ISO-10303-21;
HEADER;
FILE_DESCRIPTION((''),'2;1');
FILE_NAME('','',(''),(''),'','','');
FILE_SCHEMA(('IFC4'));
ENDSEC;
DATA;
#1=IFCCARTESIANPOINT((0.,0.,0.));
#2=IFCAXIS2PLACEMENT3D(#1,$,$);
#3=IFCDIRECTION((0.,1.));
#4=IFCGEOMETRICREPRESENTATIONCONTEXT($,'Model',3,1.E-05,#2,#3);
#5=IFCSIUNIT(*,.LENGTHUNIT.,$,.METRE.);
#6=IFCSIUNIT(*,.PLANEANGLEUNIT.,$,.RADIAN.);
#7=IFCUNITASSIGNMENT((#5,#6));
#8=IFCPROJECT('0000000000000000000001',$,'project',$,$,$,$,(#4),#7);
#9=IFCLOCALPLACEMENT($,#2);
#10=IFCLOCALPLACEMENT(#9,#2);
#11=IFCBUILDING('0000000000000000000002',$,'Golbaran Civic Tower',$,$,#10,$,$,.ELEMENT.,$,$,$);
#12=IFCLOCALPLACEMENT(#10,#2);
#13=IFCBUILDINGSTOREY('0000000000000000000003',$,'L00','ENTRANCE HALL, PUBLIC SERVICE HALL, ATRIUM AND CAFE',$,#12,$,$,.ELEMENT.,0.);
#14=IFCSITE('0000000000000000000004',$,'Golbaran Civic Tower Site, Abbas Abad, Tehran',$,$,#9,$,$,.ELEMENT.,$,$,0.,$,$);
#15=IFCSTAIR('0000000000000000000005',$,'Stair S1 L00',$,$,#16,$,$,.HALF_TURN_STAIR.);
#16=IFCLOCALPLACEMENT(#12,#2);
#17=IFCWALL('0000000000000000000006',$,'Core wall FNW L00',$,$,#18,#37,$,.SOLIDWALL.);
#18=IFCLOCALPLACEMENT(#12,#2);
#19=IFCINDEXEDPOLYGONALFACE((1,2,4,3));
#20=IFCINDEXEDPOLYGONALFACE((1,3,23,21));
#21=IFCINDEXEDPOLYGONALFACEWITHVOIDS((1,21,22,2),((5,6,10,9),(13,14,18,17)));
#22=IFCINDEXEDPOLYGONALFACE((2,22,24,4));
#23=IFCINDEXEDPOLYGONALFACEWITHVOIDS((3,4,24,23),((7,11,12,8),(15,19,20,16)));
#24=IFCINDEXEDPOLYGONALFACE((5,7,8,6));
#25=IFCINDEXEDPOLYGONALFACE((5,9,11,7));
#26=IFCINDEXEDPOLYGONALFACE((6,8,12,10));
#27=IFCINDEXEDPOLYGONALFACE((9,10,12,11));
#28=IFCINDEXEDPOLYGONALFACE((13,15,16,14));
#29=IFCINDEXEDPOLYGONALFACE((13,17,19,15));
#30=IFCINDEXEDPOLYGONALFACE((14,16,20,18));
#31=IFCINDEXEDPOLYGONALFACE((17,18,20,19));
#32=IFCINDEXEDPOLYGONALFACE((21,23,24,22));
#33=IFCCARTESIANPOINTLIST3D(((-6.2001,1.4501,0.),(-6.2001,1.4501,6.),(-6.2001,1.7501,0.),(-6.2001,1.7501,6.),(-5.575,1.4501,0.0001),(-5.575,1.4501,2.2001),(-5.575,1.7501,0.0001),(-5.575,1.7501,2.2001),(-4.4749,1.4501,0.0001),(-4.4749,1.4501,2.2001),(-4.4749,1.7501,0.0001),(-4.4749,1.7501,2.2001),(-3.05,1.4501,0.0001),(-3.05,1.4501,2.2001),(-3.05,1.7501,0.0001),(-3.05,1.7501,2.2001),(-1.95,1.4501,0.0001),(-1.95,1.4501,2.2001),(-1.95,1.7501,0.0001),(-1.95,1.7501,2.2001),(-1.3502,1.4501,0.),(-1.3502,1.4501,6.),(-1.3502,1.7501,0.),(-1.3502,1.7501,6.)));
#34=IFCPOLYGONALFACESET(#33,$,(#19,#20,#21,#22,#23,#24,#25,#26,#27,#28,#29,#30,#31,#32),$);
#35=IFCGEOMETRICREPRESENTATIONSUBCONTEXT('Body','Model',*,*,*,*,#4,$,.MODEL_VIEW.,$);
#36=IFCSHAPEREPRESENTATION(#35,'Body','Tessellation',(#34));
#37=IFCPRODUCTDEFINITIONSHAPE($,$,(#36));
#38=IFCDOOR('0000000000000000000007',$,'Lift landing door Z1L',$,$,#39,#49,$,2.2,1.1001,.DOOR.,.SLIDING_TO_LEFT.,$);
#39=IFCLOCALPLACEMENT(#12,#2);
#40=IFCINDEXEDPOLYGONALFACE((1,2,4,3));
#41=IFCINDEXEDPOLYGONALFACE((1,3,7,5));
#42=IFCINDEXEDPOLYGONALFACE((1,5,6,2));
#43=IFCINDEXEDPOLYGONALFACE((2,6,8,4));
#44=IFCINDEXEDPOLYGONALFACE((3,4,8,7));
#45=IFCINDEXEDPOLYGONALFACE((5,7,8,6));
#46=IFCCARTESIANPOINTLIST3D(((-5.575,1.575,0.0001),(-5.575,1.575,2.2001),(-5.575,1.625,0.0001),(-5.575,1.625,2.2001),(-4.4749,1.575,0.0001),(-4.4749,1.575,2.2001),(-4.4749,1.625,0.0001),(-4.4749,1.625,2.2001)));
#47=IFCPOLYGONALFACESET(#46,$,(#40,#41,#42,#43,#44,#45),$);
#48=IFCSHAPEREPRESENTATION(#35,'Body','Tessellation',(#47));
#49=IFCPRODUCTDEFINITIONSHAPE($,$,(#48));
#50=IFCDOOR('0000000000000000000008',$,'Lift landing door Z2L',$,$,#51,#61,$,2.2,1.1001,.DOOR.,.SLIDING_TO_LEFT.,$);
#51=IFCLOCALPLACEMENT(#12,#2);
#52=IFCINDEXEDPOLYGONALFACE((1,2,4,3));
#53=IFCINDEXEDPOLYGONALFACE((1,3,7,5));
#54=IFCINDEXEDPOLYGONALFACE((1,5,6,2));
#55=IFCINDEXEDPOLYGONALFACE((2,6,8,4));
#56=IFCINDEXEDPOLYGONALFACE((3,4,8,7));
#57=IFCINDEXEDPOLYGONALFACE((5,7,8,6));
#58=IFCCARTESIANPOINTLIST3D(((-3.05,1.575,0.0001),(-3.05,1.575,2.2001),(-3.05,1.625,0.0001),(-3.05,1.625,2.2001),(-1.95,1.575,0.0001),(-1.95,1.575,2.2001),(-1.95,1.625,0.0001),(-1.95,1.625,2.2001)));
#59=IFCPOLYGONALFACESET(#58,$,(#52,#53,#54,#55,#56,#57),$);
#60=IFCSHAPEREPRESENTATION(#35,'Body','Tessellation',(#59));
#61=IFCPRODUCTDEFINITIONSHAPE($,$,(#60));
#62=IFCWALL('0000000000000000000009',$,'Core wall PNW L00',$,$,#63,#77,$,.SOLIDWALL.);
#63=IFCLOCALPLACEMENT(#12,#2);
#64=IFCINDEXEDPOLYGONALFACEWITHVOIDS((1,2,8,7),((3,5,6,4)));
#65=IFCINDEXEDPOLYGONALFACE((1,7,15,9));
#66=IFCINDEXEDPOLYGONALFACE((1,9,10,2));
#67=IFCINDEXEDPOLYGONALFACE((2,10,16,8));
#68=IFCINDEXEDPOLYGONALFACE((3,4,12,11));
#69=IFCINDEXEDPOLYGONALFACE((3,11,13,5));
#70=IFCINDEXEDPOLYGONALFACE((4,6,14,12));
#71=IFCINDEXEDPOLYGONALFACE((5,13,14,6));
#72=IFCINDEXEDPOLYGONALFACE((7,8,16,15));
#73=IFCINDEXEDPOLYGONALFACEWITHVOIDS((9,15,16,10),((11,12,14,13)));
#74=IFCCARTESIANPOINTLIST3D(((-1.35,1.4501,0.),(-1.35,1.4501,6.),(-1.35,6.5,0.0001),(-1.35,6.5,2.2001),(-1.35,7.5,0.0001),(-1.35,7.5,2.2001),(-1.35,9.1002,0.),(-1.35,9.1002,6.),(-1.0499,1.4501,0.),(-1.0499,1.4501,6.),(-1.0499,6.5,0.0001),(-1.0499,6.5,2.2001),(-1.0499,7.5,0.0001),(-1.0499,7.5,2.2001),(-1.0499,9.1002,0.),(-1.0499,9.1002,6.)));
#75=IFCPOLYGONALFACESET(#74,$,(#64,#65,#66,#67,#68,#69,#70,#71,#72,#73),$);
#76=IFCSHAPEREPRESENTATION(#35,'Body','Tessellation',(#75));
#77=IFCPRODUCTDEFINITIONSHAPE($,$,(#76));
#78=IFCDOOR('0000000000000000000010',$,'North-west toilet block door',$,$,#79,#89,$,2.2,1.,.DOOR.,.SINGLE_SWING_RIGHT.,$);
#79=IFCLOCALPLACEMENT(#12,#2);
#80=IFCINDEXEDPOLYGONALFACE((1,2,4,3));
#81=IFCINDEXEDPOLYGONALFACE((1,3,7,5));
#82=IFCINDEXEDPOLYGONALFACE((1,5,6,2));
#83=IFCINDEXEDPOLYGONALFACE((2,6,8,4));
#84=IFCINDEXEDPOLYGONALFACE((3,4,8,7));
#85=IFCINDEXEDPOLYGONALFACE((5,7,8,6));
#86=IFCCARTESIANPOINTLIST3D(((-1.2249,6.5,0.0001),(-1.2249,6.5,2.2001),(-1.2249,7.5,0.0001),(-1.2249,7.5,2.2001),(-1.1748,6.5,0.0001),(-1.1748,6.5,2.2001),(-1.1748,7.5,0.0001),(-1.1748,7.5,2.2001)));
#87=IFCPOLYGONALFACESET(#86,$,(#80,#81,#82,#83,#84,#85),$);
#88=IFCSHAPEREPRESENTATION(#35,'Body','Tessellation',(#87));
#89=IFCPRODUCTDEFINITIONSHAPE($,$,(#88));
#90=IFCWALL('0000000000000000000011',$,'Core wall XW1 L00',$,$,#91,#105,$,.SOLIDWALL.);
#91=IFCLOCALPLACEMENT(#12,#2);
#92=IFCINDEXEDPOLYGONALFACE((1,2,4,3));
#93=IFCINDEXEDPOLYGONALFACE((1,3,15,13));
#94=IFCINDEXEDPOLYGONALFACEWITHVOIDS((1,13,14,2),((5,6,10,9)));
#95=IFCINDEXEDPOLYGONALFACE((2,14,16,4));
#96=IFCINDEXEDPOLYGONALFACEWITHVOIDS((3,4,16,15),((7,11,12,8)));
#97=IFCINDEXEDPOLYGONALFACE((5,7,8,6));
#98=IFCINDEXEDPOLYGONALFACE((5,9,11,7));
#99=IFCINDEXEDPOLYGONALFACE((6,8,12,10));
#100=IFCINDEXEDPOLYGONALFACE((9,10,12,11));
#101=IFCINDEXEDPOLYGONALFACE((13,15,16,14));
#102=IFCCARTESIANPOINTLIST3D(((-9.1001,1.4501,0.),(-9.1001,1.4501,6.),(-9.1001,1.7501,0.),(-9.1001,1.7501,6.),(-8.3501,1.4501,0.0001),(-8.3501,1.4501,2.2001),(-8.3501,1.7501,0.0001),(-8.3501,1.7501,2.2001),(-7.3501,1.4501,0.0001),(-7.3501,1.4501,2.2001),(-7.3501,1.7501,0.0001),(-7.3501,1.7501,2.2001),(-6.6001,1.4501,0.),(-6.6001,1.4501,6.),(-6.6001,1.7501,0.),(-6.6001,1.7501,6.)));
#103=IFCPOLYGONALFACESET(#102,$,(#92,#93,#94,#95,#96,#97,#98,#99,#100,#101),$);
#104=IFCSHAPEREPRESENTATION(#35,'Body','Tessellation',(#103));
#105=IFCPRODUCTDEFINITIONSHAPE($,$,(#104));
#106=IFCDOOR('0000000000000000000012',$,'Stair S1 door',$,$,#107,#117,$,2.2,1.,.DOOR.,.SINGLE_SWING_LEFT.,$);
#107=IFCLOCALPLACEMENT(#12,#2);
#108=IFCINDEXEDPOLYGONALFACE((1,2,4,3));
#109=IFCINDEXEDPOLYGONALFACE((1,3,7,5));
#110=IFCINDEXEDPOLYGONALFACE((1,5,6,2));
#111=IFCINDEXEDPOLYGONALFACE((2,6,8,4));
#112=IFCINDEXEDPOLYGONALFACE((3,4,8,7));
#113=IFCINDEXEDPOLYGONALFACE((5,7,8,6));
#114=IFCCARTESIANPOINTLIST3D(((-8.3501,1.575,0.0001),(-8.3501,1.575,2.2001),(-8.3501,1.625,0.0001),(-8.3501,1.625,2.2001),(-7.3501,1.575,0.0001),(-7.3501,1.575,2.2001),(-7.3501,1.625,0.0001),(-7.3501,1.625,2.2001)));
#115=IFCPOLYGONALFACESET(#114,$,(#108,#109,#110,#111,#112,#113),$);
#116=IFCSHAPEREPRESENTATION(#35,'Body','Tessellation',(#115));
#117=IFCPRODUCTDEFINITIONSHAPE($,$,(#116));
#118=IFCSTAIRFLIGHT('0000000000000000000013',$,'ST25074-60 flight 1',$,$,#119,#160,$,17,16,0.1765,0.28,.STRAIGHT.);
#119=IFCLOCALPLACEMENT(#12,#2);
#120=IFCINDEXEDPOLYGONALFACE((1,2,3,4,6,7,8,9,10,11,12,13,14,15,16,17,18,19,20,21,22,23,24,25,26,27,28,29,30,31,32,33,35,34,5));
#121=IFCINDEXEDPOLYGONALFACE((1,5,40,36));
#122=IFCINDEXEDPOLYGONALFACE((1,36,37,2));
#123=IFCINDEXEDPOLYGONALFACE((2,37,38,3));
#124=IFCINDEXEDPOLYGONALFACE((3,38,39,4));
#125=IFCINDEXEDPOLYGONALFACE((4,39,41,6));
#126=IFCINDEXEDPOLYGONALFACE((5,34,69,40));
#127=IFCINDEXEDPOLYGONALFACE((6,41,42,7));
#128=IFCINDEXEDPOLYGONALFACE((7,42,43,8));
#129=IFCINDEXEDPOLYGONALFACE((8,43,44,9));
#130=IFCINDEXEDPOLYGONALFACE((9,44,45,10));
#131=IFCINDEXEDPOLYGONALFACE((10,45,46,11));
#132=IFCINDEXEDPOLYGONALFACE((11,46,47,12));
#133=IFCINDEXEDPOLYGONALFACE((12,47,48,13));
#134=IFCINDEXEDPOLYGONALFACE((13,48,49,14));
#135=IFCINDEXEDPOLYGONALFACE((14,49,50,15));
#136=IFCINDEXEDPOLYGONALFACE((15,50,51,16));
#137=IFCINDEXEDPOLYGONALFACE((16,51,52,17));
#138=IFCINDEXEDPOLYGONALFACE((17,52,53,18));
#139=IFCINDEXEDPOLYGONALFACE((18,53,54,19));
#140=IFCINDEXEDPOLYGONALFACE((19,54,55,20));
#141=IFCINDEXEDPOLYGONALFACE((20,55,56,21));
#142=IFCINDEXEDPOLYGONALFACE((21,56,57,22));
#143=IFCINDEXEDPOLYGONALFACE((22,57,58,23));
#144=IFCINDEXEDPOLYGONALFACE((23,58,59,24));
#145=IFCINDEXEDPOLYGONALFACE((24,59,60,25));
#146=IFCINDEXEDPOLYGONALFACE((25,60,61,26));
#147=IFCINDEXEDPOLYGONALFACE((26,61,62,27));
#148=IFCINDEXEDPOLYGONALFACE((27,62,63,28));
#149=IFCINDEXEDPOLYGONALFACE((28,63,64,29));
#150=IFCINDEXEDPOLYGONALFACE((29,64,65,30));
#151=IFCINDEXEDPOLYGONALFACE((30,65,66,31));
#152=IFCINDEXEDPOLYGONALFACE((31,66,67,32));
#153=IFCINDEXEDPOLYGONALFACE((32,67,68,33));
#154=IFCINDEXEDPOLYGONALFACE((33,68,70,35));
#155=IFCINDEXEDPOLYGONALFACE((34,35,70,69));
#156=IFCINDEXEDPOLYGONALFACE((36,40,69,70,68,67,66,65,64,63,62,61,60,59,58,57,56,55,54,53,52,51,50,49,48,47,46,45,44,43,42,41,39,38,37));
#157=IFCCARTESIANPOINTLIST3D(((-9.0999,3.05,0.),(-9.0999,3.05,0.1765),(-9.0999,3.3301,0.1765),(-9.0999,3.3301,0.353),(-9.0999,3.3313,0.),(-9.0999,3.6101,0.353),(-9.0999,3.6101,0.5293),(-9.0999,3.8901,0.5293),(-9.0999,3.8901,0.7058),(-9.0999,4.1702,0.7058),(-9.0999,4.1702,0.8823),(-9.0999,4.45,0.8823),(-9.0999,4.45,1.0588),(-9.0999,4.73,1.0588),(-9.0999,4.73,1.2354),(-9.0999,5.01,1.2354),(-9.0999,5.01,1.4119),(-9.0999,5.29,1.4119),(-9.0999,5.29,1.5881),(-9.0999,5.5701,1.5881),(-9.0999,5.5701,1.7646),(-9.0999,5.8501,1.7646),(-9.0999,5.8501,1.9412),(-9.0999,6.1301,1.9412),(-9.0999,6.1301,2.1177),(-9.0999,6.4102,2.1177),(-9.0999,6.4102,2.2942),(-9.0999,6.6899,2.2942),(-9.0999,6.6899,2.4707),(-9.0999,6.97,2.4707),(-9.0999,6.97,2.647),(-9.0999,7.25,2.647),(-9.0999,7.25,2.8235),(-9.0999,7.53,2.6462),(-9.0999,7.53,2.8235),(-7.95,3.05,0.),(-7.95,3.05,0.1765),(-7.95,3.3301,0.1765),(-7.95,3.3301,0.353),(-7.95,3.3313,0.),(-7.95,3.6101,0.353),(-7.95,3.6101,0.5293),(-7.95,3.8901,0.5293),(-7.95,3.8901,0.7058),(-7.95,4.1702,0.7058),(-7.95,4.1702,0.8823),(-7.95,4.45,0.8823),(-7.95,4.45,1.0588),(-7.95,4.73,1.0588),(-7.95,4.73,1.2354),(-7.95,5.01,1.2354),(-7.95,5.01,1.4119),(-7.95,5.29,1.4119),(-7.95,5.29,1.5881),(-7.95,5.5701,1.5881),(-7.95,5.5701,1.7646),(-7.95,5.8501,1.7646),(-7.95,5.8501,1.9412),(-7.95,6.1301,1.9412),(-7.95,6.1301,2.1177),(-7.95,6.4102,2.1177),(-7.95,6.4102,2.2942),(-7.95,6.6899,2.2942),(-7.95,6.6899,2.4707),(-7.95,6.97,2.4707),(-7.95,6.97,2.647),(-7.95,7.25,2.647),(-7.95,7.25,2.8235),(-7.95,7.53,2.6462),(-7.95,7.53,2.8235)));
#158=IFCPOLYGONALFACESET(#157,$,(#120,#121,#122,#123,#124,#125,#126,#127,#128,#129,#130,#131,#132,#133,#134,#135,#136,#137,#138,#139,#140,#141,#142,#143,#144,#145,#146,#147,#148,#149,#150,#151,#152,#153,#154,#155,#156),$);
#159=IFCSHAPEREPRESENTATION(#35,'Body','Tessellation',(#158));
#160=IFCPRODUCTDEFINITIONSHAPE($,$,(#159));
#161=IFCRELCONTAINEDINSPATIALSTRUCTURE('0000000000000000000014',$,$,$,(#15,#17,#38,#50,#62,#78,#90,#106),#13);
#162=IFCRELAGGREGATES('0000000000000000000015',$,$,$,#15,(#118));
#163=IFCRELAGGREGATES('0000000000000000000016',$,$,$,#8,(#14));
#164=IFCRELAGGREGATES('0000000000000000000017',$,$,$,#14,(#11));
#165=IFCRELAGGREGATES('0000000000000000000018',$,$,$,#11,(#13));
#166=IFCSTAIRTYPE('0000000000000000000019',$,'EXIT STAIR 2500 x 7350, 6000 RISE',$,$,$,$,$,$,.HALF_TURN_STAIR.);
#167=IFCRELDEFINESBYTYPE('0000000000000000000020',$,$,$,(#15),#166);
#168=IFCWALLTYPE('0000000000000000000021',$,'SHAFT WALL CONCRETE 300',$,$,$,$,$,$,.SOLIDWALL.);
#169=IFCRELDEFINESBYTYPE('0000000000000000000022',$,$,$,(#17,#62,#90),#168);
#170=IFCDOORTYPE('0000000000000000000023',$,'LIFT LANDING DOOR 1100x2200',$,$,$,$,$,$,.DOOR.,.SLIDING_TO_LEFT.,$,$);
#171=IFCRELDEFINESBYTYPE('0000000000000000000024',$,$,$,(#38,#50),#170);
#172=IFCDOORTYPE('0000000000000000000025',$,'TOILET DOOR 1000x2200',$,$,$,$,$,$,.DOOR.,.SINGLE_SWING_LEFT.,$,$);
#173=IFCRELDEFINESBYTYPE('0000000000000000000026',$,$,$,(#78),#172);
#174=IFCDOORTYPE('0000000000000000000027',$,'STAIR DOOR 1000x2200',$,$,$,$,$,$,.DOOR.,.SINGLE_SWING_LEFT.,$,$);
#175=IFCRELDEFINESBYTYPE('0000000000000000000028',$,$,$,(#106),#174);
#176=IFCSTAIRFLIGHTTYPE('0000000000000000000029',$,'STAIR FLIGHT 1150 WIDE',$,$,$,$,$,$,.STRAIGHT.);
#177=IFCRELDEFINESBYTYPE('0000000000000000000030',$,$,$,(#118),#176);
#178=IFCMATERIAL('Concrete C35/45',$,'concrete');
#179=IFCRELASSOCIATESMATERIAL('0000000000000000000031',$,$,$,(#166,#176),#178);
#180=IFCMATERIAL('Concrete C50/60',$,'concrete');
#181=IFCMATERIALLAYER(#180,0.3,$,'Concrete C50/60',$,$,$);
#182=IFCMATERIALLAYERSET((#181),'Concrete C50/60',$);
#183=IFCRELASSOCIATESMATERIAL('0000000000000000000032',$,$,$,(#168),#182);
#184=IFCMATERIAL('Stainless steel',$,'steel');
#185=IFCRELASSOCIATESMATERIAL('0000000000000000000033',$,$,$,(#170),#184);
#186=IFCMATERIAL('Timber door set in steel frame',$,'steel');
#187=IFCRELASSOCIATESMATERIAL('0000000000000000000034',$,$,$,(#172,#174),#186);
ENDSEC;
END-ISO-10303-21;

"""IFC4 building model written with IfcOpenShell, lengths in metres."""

from ifc_helpers import new_model, si_unit, direction, frame, frame_2d, origin, place, context, subcontext, project, spatial, polyline, rectangle, outline, extrude, material, layer, layer_set, type_object, element, fill, aggregate, save


model = new_model("IFC4")

# Units and contexts
model_context = context("Model", 3, precision=1e-05, world=origin(), true_north=direction((0.0, 1.0)))
body_context = subcontext(model_context, "Body", "Model", "MODEL_VIEW")
ifc_project = project(units=[si_unit("LENGTHUNIT", "METRE"), si_unit("PLANEANGLEUNIT", "RADIAN")], contexts=[model_context])

# Site, building, storey
site_placement = place(None, origin())
site = spatial("IfcSite", under=ifc_project, at=site_placement, Name="Golbaran Civic Tower Site, Abbas Abad, Tehran", CompositionType="ELEMENT", RefElevation=0.0)
building_placement = place(site_placement, origin())
building = spatial("IfcBuilding", under=site, at=building_placement, Name="Golbaran Civic Tower", CompositionType="ELEMENT")
storey_placement = place(building_placement, origin())
storey = spatial("IfcBuildingStorey", under=building, at=storey_placement, Name="L00", Description="ENTRANCE HALL, PUBLIC SERVICE HALL, ATRIUM AND CAFE", CompositionType="ELEMENT", Elevation=0.0)

# Shared definitions
ifc_material_1 = material(Name="Concrete C35/45", Category="concrete")

# Stair
stair_type = type_object("IfcStairType", Name="EXIT STAIR 2500 x 7350, 6000 RISE", PredefinedType="HALF_TURN_STAIR", material=ifc_material_1)
stair_1_placement = place(storey_placement, origin())
stair_1 = element("IfcStair", 1, at=stair_1_placement, inside=storey, type_object=stair_type, Name="Stair S1 L00", PredefinedType="HALF_TURN_STAIR")

# Wall, openings, doors
ifc_material_2 = material(Name="Concrete C50/60", Category="concrete")
ifc_layer_1 = layer(ifc_material_2, 0.3, Name="Concrete C50/60")
ifc_layer_set_1 = layer_set([ifc_layer_1], Name="Concrete C50/60")
wall_type_1 = type_object("IfcWallType", Name="SHAFT WALL CONCRETE 300", PredefinedType="SOLIDWALL", material=ifc_layer_set_1)
wall_1_placement = place(storey_placement, frame((-6.2, 1.6001, 0.0), z_axis=(0.0, 0.0, 1.0), x_axis=(1.0, 0.0, 0.0)))
wall_1 = element("IfcWall", 2, at=wall_1_placement, inside=storey, type_object=wall_type_1, Name="Core wall FNW L00", PredefinedType="SOLIDWALL", context=body_context, shape_type="SweptSolid", body=[
    extrude(rectangle(XDim=4.8499, YDim=0.3, at=frame_2d((2.4248, 0.0))), origin(), (0.0, 0.0, 1.0), 6.0),
])
opening_1_placement = place(wall_1_placement, frame((0.625, 0.0, 0.0)))
opening_1 = element("IfcOpeningElement", 3, at=opening_1_placement, cuts=wall_1, PredefinedType="OPENING", context=body_context, shape_type="SweptSolid", body=[
    extrude(rectangle(XDim=1.1001, YDim=2.2, at=frame_2d((0.55, 1.1001))), frame((0.0, 0.1599, 0.0), z_axis=(0.0, -1.0, 0.0), x_axis=(1.0, 0.0, 0.0)), (0.0, 0.0, 1.0), 0.3201),
])
opening_2_placement = place(wall_1_placement, frame((3.1499, 0.0, 0.0)))
opening_2 = element("IfcOpeningElement", 4, at=opening_2_placement, cuts=wall_1, PredefinedType="OPENING", context=body_context, shape_type="SweptSolid", body=[
    extrude(rectangle(XDim=1.1001, YDim=2.2, at=frame_2d((0.55, 1.1001))), frame((0.0, 0.1599, 0.0), z_axis=(0.0, -1.0, 0.0), x_axis=(1.0, 0.0, 0.0)), (0.0, 0.0, 1.0), 0.3201),
])
ifc_material_3 = material(Name="Stainless steel", Category="steel")
door_type_1 = type_object("IfcDoorType", Name="LIFT LANDING DOOR 1100x2200", OperationType="SLIDING_TO_LEFT", PredefinedType="DOOR", material=ifc_material_3)
door_1_placement = place(opening_1_placement, origin())
door_1 = element("IfcDoor", 5, at=door_1_placement, inside=storey, type_object=door_type_1, Name="Lift landing door Z1L", OperationType="SLIDING_TO_LEFT", OverallHeight=2.2, OverallWidth=1.1001, PredefinedType="DOOR", context=body_context, shape_type="SweptSolid", body=[
    extrude(rectangle(XDim=1.1001, YDim=2.2, at=frame_2d((0.55, 1.1001))), frame((0.0, 0.0249, 0.0), z_axis=(0.0, -1.0, 0.0), x_axis=(1.0, 0.0, 0.0)), (0.0, 0.0, 1.0), 0.05),
])
fill(opening_1, door_1)
door_2_placement = place(opening_2_placement, origin())
door_2 = element("IfcDoor", 6, at=door_2_placement, inside=storey, type_object=door_type_1, Name="Lift landing door Z2L", OperationType="SLIDING_TO_LEFT", OverallHeight=2.2, OverallWidth=1.1001, PredefinedType="DOOR", context=body_context, shape_type="SweptSolid", body=[
    extrude(rectangle(XDim=1.1001, YDim=2.2, at=frame_2d((0.55, 1.1001))), frame((0.0, 0.0249, 0.0), z_axis=(0.0, -1.0, 0.0), x_axis=(1.0, 0.0, 0.0)), (0.0, 0.0, 1.0), 0.05),
])
fill(opening_2, door_2)

# Walls, openings, doors
wall_2_placement = place(storey_placement, frame((-1.2, 1.45, 0.0), z_axis=(0.0, 0.0, 1.0), x_axis=(0.0, 1.0, 0.0)))
wall_2 = element("IfcWall", 7, at=wall_2_placement, inside=storey, type_object=wall_type_1, Name="Core wall PNW L00", PredefinedType="SOLIDWALL", context=body_context, shape_type="SweptSolid", body=[
    extrude(rectangle(XDim=7.6501, YDim=0.3, at=frame_2d((3.8252, 0.0))), origin(), (0.0, 0.0, 1.0), 6.0),
])
opening_3_placement = place(wall_2_placement, frame((5.05, 0.0, 0.0)))
opening_3 = element("IfcOpeningElement", 8, at=opening_3_placement, cuts=wall_2, PredefinedType="OPENING", context=body_context, shape_type="SweptSolid", body=[
    extrude(rectangle(XDim=1.0, YDim=2.2, at=frame_2d((0.5, 1.1001))), frame((0.0, 0.1599, 0.0), z_axis=(0.0, -1.0, 0.0), x_axis=(1.0, 0.0, 0.0)), (0.0, 0.0, 1.0), 0.3201),
])
ifc_material_4 = material(Name="Timber door set in steel frame", Category="steel")
door_type_2 = type_object("IfcDoorType", Name="TOILET DOOR 1000x2200", OperationType="SINGLE_SWING_LEFT", PredefinedType="DOOR", material=ifc_material_4)
door_3_placement = place(opening_3_placement, origin())
door_3 = element("IfcDoor", 9, at=door_3_placement, inside=storey, type_object=door_type_2, Name="North-west toilet block door", OperationType="SINGLE_SWING_RIGHT", OverallHeight=2.2, OverallWidth=1.0, PredefinedType="DOOR", context=body_context, shape_type="SweptSolid", body=[
    extrude(rectangle(XDim=1.0, YDim=2.2, at=frame_2d((0.5, 1.1001))), frame((0.0, 0.0249, 0.0), z_axis=(0.0, -1.0, 0.0), x_axis=(1.0, 0.0, 0.0)), (0.0, 0.0, 1.0), 0.05),
])
fill(opening_3, door_3)
wall_3_placement = place(storey_placement, frame((-9.1001, 1.6001, 0.0), z_axis=(0.0, 0.0, 1.0), x_axis=(1.0, 0.0, 0.0)))
wall_3 = element("IfcWall", 10, at=wall_3_placement, inside=storey, type_object=wall_type_1, Name="Core wall XW1 L00", PredefinedType="SOLIDWALL", context=body_context, shape_type="SweptSolid", body=[
    extrude(rectangle(XDim=2.5, YDim=0.3, at=frame_2d((1.25, 0.0))), origin(), (0.0, 0.0, 1.0), 6.0),
])
opening_4_placement = place(wall_3_placement, frame((0.75, 0.0, 0.0)))
opening_4 = element("IfcOpeningElement", 11, at=opening_4_placement, cuts=wall_3, PredefinedType="OPENING", context=body_context, shape_type="SweptSolid", body=[
    extrude(rectangle(XDim=1.0, YDim=2.2, at=frame_2d((0.5, 1.1001))), frame((0.0, 0.1599, 0.0), z_axis=(0.0, -1.0, 0.0), x_axis=(1.0, 0.0, 0.0)), (0.0, 0.0, 1.0), 0.3201),
])
door_type_3 = type_object("IfcDoorType", Name="STAIR DOOR 1000x2200", OperationType="SINGLE_SWING_LEFT", PredefinedType="DOOR", material=ifc_material_4)
door_4_placement = place(opening_4_placement, origin())
door_4 = element("IfcDoor", 12, at=door_4_placement, inside=storey, type_object=door_type_3, Name="Stair S1 door", OperationType="SINGLE_SWING_LEFT", OverallHeight=2.2, OverallWidth=1.0, PredefinedType="DOOR", context=body_context, shape_type="SweptSolid", body=[
    extrude(rectangle(XDim=1.0, YDim=2.2, at=frame_2d((0.5, 1.1001))), frame((0.0, 0.0249, 0.0), z_axis=(0.0, -1.0, 0.0), x_axis=(1.0, 0.0, 0.0)), (0.0, 0.0, 1.0), 0.05),
])
fill(opening_4, door_4)

# Stair flight
stair_flight_type = type_object("IfcStairFlightType", Name="STAIR FLIGHT 1150 WIDE", PredefinedType="STRAIGHT", material=ifc_material_1)
stair_flight_placement = place(storey_placement, frame((-8.5249, 3.05, 0.0), z_axis=(0.0, 0.0, 1.0), x_axis=(0.0, 1.0, 0.0)))
stair_flight = element("IfcStairFlight", 13, at=stair_flight_placement, type_object=stair_flight_type, Name="ST25074-60 flight 1", NumberOfRisers=17, NumberOfTreads=16, PredefinedType="STRAIGHT", RiserHeight=0.1765, TreadLength=0.28, context=body_context, shape_type="SweptSolid", body=[
    extrude(outline(polyline([(0.0, 0.0), (0.0, 0.1765), (0.28, 0.1765), (0.28, 0.353), (0.5601, 0.353), (0.5601, 0.5293), (0.8401, 0.5293), (0.8401, 0.7058), (1.1201, 0.7058), (1.1201, 0.8823), (1.3999, 0.8823), (1.3999, 1.0588), (1.6799, 1.0588), (1.6799, 1.2354), (1.96, 1.2354), (1.96, 1.4119), (2.24, 1.4119), (2.24, 1.5881), (2.52, 1.5881), (2.52, 1.7646), (2.8, 1.7646), (2.8, 1.9412), (3.0801, 1.9412), (3.0801, 2.1177), (3.3601, 2.1177), (3.3601, 2.2942), (3.6399, 2.2942), (3.6399, 2.4707), (3.9199, 2.4707), (3.9199, 2.647), (4.2, 2.647), (4.2, 2.8235), (4.48, 2.8235), (4.48, 3.0), (4.48, 2.6462), (0.2812, 0.0), (0.0, 0.0)])), frame((0.0, 0.575, 0.0), z_axis=(0.0, -1.0, 0.0), x_axis=(1.0, 0.0, 0.0)), (0.0, 0.0, 1.0), 1.1499),
])
aggregate(stair_1, [stair_flight])

save(model, "model.ifc")
